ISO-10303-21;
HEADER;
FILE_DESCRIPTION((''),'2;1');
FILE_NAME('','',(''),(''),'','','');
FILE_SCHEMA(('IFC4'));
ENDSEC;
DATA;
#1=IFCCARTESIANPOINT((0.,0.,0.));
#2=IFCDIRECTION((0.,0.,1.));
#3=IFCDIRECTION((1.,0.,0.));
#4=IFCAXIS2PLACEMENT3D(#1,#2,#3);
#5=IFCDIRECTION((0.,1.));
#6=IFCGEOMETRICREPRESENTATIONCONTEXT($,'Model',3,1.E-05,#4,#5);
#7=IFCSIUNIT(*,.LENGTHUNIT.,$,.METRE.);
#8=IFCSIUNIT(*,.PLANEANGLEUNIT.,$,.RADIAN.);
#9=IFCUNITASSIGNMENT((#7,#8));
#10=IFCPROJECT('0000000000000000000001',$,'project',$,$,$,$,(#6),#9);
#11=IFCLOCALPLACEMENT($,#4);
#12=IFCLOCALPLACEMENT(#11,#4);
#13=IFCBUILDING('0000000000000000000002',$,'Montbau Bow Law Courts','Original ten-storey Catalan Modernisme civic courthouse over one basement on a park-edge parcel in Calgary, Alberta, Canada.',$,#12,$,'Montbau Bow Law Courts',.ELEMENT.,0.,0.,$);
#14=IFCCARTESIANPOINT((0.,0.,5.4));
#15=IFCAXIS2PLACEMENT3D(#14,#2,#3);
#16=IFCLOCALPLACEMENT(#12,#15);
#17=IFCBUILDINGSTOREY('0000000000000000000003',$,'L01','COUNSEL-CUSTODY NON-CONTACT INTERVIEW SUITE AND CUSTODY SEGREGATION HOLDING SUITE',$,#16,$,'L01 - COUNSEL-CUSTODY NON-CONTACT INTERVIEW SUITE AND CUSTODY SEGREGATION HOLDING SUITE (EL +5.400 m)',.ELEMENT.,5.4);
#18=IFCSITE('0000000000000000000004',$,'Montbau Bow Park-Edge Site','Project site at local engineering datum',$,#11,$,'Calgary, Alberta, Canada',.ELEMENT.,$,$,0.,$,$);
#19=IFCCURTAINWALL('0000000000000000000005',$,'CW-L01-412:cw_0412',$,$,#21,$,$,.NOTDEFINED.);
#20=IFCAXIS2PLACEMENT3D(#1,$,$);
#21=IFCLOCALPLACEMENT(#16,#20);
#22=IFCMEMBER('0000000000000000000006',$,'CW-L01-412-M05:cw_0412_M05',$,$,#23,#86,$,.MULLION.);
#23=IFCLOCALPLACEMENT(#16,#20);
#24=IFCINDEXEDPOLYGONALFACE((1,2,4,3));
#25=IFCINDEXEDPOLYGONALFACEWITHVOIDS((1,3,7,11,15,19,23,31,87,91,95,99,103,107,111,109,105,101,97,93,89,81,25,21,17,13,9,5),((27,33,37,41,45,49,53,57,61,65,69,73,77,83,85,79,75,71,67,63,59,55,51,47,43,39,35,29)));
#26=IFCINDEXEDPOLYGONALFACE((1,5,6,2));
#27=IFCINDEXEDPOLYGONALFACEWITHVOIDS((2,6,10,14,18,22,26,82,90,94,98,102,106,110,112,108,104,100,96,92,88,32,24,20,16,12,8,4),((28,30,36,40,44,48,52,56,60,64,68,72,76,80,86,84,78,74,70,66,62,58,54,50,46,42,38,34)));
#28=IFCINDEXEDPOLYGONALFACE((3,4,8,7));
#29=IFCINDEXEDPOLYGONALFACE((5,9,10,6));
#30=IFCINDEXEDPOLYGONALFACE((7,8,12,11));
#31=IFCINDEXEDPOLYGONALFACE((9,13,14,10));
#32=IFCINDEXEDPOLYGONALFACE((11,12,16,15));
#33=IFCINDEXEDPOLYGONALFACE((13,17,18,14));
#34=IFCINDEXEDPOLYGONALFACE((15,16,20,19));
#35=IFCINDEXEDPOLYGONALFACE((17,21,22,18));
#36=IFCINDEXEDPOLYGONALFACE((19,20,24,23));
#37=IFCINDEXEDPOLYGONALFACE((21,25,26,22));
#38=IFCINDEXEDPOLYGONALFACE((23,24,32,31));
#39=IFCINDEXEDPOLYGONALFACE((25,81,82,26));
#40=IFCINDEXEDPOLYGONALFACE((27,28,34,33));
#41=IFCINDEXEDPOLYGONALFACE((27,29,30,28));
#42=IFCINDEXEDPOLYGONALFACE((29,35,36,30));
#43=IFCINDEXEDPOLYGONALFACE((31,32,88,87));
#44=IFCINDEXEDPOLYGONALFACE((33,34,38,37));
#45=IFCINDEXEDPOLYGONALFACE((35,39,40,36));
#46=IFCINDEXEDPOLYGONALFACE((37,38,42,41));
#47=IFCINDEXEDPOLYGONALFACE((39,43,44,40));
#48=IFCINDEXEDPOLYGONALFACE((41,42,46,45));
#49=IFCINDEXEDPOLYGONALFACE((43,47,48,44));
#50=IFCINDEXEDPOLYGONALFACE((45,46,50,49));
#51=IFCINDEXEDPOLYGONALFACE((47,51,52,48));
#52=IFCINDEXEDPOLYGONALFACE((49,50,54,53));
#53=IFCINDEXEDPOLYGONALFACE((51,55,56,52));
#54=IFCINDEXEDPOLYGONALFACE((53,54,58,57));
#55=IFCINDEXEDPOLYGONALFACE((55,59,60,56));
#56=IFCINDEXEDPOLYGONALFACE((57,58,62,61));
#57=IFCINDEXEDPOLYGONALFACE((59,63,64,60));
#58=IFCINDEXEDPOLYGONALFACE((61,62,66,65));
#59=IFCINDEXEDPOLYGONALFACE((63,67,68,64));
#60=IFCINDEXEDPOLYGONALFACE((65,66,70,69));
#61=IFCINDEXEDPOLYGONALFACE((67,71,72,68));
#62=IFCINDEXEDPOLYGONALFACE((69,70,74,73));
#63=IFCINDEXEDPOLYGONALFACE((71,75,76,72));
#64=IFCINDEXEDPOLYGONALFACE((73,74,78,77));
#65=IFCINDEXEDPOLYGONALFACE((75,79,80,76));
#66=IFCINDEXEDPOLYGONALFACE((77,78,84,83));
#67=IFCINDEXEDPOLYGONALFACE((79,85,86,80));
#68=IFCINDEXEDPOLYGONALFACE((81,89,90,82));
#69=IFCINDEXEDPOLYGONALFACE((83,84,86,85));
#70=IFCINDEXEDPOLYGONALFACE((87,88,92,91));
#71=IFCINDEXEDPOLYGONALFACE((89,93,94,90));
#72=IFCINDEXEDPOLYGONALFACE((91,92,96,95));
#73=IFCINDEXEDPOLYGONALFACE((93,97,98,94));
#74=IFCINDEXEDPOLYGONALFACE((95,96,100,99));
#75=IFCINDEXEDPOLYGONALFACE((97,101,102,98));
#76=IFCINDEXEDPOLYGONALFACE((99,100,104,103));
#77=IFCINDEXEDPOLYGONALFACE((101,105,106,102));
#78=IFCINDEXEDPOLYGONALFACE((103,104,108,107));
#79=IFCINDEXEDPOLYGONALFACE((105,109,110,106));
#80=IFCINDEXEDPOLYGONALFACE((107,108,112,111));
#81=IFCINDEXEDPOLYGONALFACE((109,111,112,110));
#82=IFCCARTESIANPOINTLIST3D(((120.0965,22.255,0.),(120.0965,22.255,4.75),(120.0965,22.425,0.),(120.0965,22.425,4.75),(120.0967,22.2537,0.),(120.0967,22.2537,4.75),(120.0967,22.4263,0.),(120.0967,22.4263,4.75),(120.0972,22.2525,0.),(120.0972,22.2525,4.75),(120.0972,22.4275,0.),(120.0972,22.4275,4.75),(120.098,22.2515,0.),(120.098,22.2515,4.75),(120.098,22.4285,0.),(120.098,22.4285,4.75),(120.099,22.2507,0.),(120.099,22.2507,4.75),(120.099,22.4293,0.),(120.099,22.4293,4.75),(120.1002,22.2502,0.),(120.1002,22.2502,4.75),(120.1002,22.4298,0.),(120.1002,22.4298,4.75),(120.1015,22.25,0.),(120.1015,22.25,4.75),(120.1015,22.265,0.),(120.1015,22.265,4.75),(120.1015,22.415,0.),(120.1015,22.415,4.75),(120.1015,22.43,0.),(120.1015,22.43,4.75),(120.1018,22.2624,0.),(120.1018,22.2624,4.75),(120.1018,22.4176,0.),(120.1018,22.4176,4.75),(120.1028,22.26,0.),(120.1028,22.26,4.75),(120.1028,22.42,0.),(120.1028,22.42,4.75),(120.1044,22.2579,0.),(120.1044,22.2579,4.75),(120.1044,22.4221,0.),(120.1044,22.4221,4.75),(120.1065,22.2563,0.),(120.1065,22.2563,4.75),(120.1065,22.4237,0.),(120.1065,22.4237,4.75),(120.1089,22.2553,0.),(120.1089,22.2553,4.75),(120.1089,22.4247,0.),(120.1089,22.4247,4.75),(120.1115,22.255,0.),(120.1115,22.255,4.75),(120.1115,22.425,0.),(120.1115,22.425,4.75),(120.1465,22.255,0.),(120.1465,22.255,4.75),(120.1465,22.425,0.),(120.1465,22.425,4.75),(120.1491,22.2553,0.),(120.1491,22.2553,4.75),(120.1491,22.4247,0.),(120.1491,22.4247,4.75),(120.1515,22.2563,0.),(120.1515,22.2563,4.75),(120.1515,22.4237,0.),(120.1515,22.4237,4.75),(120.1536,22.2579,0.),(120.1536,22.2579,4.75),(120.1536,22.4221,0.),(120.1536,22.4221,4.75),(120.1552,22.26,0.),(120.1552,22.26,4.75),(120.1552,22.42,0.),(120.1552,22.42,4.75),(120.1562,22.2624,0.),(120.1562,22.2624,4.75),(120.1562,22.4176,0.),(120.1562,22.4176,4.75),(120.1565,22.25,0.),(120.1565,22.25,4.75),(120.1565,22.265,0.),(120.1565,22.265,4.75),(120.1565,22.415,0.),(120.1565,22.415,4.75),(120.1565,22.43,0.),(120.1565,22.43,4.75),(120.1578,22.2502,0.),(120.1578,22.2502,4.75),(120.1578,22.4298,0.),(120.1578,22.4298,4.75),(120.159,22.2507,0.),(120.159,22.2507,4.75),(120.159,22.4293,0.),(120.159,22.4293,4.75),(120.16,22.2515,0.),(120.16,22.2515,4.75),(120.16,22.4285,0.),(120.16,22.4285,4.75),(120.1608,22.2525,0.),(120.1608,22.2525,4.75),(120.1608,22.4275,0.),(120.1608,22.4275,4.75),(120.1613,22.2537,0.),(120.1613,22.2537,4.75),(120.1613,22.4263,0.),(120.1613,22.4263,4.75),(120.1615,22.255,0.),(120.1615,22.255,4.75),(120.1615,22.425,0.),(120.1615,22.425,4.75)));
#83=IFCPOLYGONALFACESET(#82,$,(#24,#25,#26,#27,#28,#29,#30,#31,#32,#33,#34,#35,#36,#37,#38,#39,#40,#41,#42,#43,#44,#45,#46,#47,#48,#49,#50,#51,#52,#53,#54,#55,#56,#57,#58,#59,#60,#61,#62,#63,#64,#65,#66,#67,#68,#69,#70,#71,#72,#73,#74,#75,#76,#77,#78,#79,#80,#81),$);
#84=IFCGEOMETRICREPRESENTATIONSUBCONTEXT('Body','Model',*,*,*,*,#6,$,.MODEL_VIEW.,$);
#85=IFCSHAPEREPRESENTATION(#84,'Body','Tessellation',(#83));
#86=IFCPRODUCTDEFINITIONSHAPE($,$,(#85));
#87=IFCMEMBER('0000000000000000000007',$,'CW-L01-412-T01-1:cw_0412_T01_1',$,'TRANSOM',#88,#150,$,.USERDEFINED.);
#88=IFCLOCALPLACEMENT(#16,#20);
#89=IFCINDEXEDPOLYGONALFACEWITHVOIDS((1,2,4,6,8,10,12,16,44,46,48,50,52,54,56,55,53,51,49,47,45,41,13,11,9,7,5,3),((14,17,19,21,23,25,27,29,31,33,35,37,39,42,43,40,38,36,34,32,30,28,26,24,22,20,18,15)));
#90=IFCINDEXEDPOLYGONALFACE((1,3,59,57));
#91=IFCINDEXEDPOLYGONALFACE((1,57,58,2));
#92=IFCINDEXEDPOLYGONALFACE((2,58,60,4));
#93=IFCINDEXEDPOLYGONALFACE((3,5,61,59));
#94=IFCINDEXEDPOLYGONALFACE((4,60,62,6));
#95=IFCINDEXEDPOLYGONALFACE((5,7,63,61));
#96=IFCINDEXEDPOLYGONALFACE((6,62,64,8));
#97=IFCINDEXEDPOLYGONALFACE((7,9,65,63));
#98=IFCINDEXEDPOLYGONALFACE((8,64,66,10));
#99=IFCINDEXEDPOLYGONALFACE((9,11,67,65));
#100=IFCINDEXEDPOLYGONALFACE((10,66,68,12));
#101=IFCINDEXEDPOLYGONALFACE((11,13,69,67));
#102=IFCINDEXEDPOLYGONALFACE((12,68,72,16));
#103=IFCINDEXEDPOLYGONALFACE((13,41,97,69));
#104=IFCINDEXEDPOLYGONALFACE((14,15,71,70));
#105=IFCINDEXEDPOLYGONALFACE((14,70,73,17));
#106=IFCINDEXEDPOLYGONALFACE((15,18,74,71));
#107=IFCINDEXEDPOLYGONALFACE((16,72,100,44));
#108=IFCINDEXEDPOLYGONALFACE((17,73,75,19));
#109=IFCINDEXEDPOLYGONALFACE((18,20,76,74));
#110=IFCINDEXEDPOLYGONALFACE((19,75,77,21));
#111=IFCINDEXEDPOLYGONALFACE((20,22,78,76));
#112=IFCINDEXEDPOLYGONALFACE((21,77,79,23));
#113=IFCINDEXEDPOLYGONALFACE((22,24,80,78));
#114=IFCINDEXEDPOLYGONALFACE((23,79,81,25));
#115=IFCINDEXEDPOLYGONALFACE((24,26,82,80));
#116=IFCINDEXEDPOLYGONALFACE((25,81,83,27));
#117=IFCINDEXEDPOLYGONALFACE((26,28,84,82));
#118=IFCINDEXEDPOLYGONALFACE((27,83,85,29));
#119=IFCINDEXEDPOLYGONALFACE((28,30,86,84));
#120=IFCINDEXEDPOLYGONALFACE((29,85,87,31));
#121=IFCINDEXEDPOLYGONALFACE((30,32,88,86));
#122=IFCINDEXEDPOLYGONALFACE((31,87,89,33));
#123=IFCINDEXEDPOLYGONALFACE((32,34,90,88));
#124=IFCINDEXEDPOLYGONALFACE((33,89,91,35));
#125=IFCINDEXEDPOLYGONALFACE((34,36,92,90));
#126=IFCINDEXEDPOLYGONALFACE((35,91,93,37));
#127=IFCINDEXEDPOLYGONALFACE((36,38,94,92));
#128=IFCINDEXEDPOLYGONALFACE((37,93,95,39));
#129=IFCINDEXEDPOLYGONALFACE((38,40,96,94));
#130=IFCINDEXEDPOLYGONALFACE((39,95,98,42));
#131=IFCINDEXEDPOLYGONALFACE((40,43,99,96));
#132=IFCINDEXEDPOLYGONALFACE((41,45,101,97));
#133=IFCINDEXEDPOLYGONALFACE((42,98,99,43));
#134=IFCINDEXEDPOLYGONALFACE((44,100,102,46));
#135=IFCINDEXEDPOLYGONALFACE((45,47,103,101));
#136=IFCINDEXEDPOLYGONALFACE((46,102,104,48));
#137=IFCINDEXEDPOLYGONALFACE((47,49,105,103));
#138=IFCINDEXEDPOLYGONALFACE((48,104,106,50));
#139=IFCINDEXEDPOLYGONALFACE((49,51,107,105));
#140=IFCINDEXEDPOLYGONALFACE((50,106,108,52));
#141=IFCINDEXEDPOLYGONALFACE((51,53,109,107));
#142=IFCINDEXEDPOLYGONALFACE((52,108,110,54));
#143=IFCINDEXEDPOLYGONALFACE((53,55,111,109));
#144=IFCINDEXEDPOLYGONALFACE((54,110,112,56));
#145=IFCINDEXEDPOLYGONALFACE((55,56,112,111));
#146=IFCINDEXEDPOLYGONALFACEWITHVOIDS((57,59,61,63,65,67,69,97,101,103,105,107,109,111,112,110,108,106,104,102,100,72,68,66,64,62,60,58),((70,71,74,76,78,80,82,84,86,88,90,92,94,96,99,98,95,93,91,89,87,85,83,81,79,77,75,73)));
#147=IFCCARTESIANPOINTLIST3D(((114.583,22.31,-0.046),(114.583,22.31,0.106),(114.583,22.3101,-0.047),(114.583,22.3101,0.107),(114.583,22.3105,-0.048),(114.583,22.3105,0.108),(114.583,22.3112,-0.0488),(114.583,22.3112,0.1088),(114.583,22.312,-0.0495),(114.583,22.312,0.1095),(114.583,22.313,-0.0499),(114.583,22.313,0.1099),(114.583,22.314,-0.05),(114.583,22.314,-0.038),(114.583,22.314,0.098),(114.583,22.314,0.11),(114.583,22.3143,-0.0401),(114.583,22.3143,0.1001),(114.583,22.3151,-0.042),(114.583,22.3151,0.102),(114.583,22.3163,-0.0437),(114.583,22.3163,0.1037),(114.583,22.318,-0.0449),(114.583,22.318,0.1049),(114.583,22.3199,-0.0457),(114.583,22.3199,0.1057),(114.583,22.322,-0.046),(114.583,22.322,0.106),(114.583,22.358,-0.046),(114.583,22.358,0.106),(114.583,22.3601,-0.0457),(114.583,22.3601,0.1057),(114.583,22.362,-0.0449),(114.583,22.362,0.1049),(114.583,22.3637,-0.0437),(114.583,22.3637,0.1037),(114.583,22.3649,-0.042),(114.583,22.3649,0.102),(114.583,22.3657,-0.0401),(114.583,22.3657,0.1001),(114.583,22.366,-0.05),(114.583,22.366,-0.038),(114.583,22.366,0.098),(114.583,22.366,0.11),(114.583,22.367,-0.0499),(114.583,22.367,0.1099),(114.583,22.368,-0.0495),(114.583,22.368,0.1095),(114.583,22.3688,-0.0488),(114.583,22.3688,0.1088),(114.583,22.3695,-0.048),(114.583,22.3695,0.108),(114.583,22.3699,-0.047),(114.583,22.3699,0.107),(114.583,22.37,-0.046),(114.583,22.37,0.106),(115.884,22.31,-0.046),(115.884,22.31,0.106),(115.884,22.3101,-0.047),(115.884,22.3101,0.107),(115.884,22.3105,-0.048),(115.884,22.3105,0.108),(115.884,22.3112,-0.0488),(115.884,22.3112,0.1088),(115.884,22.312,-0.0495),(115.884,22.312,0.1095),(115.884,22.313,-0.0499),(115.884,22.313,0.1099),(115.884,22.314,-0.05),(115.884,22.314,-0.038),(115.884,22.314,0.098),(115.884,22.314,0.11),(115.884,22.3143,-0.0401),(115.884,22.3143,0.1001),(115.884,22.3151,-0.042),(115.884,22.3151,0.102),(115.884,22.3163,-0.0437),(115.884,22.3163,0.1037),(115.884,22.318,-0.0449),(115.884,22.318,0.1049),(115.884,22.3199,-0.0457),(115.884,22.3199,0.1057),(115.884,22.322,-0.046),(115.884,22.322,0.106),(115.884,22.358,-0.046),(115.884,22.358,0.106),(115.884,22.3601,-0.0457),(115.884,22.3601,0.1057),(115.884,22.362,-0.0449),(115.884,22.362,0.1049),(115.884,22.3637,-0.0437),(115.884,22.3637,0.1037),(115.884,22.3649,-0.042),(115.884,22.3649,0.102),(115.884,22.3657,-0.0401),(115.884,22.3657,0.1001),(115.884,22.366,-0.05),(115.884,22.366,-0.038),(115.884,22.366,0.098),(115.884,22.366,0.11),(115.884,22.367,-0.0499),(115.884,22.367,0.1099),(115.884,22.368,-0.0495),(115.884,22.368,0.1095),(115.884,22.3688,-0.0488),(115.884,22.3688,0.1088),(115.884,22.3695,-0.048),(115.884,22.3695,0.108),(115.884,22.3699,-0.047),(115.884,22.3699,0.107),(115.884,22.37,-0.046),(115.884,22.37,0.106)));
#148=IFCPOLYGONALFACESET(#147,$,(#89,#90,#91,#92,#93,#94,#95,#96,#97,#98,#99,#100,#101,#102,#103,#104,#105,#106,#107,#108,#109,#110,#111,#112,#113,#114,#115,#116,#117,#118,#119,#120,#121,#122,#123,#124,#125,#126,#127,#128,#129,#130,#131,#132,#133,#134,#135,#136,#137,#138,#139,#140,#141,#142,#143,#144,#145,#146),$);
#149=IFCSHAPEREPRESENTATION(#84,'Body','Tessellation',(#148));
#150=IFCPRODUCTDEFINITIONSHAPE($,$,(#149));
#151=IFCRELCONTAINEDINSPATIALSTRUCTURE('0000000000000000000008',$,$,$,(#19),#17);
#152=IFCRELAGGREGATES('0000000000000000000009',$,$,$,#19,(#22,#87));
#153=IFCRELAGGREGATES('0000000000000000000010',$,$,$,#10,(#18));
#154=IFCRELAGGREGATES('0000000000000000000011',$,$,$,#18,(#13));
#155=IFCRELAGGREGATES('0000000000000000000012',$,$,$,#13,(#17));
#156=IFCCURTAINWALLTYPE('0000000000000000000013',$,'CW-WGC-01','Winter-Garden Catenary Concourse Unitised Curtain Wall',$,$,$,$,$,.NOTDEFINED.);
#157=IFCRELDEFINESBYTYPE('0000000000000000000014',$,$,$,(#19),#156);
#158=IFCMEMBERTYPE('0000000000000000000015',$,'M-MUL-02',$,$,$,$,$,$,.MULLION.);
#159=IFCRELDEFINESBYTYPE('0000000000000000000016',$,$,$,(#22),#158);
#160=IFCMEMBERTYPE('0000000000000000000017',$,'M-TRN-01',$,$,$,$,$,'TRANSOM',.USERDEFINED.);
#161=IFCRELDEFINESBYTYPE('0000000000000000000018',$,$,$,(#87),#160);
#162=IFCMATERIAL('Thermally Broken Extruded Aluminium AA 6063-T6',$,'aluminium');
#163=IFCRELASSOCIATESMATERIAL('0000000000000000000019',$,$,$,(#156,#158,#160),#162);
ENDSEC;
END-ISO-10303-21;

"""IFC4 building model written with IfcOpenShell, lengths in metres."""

from ifc_helpers import new_model, si_unit, direction, frame, origin_with_axes, origin_2d_with_axis, place, context, subcontext, project, spatial, hollow_rectangle, extrude, material, material_profile, profile_set, type_object, element, aggregate, save


model = new_model("IFC4")

# Units and contexts
model_context = context("Model", 3, precision=1e-05, world=origin_with_axes(), true_north=direction((0.0, 1.0)))
body_context = subcontext(model_context, "Body", "Model", "MODEL_VIEW")
ifc_project = project(units=[si_unit("LENGTHUNIT", "METRE"), si_unit("PLANEANGLEUNIT", "RADIAN")], contexts=[model_context])

# Site, building, storey
site_placement = place(None, origin_with_axes())
site = spatial("IfcSite", under=ifc_project, at=site_placement, Name="Montbau Bow Park-Edge Site", Description="Project site at local engineering datum", LongName="Calgary, Alberta, Canada", CompositionType="ELEMENT", RefElevation=0.0)
building_placement = place(site_placement, origin_with_axes())
building = spatial("IfcBuilding", under=site, at=building_placement, Name="Montbau Bow Law Courts", Description="Original ten-storey Catalan Modernisme civic courthouse over one basement on a park-edge parcel in Calgary, Alberta, Canada.", LongName="Montbau Bow Law Courts", CompositionType="ELEMENT", ElevationOfRefHeight=0.0, ElevationOfTerrain=0.0)
storey_placement = place(building_placement, frame((0.0, 0.0, 5.4), z_axis=(0.0, 0.0, 1.0), x_axis=(1.0, 0.0, 0.0)))
storey = spatial("IfcBuildingStorey", under=building, at=storey_placement, Name="L01", Description="COUNSEL-CUSTODY NON-CONTACT INTERVIEW SUITE AND CUSTODY SEGREGATION HOLDING SUITE", LongName="L01 - COUNSEL-CUSTODY NON-CONTACT INTERVIEW SUITE AND CUSTODY SEGREGATION HOLDING SUITE (EL +5.400 m)", CompositionType="ELEMENT", Elevation=5.4)

# Shared definitions
ifc_material_1 = material(Name="Thermally Broken Extruded Aluminium AA 6063-T6", Category="aluminium")
curtain_wall_type = type_object("IfcCurtainWallType", Name="CW-WGC-01", Description="Winter-Garden Catenary Concourse Unitised Curtain Wall", PredefinedType="NOTDEFINED", material=ifc_material_1)

# Curtain wall, members
curtain_wall_1_placement = place(None, frame((114.515, 22.34, 5.4), z_axis=(0.0, 0.0, 1.0), x_axis=(1.0, 0.0, 0.0)))
curtain_wall_1 = element("IfcCurtainWall", 1, at=curtain_wall_1_placement, inside=storey, type_object=curtain_wall_type, Name="CW-L01-412:cw_0412", PredefinedType="NOTDEFINED")
ifc_material_profile_1 = material_profile(ifc_material_1, hollow_rectangle(XDim=0.065, YDim=0.18, WallThickness=0.005, InnerFilletRadius=0.01, OuterFilletRadius=0.005, at=origin_2d_with_axis()), Name="CWM-180X65", Category="Main", Priority=0)
ifc_profile_set_1 = profile_set([ifc_material_profile_1], Name="Thermally Broken Extruded Aluminium AA 6063-T6")
member_type_1 = type_object("IfcMemberType", Name="M-MUL-02", PredefinedType="MULLION", material=ifc_profile_set_1)
member_1_placement = place(None, frame((120.129, 22.34, 5.4), z_axis=(0.0, 0.0, 1.0), x_axis=(1.0, 0.0, 0.0)))
member_1 = element("IfcMember", 2, at=member_1_placement, type_object=member_type_1, Name="CW-L01-412-M05:cw_0412_M05", PredefinedType="MULLION", context=body_context, shape_type="SweptSolid", body=[
    extrude(hollow_rectangle(XDim=0.065, YDim=0.18, WallThickness=0.005, InnerFilletRadius=0.01, OuterFilletRadius=0.005, at=origin_2d_with_axis()), origin_with_axes(), (0.0, 0.0, 1.0), 4.75),
])
ifc_material_profile_2 = material_profile(ifc_material_1, hollow_rectangle(XDim=0.06, YDim=0.16, WallThickness=0.004, InnerFilletRadius=0.008, OuterFilletRadius=0.004, at=origin_2d_with_axis()), Name="CWT-160X60", Category="Main", Priority=0)
ifc_profile_set_2 = profile_set([ifc_material_profile_2], Name="Thermally Broken Extruded Aluminium AA 6063-T6")
member_type_2 = type_object("IfcMemberType", Name="M-TRN-01", ElementType="TRANSOM", PredefinedType="USERDEFINED", material=ifc_profile_set_2)
member_2_placement = place(None, frame((114.583, 22.34, 5.43), z_axis=(1.0, 0.0, 0.0), x_axis=(0.0, 1.0, 0.0)))
member_2 = element("IfcMember", 3, at=member_2_placement, type_object=member_type_2, Name="CW-L01-412-T01-1:cw_0412_T01_1", ObjectType="TRANSOM", PredefinedType="USERDEFINED", context=body_context, shape_type="SweptSolid", body=[
    extrude(hollow_rectangle(XDim=0.06, YDim=0.16, WallThickness=0.004, InnerFilletRadius=0.008, OuterFilletRadius=0.004, at=origin_2d_with_axis()), origin_with_axes(), (0.0, 0.0, 1.0), 1.301),
])
aggregate(curtain_wall_1, [member_1, member_2])

save(model, "model.ifc")
